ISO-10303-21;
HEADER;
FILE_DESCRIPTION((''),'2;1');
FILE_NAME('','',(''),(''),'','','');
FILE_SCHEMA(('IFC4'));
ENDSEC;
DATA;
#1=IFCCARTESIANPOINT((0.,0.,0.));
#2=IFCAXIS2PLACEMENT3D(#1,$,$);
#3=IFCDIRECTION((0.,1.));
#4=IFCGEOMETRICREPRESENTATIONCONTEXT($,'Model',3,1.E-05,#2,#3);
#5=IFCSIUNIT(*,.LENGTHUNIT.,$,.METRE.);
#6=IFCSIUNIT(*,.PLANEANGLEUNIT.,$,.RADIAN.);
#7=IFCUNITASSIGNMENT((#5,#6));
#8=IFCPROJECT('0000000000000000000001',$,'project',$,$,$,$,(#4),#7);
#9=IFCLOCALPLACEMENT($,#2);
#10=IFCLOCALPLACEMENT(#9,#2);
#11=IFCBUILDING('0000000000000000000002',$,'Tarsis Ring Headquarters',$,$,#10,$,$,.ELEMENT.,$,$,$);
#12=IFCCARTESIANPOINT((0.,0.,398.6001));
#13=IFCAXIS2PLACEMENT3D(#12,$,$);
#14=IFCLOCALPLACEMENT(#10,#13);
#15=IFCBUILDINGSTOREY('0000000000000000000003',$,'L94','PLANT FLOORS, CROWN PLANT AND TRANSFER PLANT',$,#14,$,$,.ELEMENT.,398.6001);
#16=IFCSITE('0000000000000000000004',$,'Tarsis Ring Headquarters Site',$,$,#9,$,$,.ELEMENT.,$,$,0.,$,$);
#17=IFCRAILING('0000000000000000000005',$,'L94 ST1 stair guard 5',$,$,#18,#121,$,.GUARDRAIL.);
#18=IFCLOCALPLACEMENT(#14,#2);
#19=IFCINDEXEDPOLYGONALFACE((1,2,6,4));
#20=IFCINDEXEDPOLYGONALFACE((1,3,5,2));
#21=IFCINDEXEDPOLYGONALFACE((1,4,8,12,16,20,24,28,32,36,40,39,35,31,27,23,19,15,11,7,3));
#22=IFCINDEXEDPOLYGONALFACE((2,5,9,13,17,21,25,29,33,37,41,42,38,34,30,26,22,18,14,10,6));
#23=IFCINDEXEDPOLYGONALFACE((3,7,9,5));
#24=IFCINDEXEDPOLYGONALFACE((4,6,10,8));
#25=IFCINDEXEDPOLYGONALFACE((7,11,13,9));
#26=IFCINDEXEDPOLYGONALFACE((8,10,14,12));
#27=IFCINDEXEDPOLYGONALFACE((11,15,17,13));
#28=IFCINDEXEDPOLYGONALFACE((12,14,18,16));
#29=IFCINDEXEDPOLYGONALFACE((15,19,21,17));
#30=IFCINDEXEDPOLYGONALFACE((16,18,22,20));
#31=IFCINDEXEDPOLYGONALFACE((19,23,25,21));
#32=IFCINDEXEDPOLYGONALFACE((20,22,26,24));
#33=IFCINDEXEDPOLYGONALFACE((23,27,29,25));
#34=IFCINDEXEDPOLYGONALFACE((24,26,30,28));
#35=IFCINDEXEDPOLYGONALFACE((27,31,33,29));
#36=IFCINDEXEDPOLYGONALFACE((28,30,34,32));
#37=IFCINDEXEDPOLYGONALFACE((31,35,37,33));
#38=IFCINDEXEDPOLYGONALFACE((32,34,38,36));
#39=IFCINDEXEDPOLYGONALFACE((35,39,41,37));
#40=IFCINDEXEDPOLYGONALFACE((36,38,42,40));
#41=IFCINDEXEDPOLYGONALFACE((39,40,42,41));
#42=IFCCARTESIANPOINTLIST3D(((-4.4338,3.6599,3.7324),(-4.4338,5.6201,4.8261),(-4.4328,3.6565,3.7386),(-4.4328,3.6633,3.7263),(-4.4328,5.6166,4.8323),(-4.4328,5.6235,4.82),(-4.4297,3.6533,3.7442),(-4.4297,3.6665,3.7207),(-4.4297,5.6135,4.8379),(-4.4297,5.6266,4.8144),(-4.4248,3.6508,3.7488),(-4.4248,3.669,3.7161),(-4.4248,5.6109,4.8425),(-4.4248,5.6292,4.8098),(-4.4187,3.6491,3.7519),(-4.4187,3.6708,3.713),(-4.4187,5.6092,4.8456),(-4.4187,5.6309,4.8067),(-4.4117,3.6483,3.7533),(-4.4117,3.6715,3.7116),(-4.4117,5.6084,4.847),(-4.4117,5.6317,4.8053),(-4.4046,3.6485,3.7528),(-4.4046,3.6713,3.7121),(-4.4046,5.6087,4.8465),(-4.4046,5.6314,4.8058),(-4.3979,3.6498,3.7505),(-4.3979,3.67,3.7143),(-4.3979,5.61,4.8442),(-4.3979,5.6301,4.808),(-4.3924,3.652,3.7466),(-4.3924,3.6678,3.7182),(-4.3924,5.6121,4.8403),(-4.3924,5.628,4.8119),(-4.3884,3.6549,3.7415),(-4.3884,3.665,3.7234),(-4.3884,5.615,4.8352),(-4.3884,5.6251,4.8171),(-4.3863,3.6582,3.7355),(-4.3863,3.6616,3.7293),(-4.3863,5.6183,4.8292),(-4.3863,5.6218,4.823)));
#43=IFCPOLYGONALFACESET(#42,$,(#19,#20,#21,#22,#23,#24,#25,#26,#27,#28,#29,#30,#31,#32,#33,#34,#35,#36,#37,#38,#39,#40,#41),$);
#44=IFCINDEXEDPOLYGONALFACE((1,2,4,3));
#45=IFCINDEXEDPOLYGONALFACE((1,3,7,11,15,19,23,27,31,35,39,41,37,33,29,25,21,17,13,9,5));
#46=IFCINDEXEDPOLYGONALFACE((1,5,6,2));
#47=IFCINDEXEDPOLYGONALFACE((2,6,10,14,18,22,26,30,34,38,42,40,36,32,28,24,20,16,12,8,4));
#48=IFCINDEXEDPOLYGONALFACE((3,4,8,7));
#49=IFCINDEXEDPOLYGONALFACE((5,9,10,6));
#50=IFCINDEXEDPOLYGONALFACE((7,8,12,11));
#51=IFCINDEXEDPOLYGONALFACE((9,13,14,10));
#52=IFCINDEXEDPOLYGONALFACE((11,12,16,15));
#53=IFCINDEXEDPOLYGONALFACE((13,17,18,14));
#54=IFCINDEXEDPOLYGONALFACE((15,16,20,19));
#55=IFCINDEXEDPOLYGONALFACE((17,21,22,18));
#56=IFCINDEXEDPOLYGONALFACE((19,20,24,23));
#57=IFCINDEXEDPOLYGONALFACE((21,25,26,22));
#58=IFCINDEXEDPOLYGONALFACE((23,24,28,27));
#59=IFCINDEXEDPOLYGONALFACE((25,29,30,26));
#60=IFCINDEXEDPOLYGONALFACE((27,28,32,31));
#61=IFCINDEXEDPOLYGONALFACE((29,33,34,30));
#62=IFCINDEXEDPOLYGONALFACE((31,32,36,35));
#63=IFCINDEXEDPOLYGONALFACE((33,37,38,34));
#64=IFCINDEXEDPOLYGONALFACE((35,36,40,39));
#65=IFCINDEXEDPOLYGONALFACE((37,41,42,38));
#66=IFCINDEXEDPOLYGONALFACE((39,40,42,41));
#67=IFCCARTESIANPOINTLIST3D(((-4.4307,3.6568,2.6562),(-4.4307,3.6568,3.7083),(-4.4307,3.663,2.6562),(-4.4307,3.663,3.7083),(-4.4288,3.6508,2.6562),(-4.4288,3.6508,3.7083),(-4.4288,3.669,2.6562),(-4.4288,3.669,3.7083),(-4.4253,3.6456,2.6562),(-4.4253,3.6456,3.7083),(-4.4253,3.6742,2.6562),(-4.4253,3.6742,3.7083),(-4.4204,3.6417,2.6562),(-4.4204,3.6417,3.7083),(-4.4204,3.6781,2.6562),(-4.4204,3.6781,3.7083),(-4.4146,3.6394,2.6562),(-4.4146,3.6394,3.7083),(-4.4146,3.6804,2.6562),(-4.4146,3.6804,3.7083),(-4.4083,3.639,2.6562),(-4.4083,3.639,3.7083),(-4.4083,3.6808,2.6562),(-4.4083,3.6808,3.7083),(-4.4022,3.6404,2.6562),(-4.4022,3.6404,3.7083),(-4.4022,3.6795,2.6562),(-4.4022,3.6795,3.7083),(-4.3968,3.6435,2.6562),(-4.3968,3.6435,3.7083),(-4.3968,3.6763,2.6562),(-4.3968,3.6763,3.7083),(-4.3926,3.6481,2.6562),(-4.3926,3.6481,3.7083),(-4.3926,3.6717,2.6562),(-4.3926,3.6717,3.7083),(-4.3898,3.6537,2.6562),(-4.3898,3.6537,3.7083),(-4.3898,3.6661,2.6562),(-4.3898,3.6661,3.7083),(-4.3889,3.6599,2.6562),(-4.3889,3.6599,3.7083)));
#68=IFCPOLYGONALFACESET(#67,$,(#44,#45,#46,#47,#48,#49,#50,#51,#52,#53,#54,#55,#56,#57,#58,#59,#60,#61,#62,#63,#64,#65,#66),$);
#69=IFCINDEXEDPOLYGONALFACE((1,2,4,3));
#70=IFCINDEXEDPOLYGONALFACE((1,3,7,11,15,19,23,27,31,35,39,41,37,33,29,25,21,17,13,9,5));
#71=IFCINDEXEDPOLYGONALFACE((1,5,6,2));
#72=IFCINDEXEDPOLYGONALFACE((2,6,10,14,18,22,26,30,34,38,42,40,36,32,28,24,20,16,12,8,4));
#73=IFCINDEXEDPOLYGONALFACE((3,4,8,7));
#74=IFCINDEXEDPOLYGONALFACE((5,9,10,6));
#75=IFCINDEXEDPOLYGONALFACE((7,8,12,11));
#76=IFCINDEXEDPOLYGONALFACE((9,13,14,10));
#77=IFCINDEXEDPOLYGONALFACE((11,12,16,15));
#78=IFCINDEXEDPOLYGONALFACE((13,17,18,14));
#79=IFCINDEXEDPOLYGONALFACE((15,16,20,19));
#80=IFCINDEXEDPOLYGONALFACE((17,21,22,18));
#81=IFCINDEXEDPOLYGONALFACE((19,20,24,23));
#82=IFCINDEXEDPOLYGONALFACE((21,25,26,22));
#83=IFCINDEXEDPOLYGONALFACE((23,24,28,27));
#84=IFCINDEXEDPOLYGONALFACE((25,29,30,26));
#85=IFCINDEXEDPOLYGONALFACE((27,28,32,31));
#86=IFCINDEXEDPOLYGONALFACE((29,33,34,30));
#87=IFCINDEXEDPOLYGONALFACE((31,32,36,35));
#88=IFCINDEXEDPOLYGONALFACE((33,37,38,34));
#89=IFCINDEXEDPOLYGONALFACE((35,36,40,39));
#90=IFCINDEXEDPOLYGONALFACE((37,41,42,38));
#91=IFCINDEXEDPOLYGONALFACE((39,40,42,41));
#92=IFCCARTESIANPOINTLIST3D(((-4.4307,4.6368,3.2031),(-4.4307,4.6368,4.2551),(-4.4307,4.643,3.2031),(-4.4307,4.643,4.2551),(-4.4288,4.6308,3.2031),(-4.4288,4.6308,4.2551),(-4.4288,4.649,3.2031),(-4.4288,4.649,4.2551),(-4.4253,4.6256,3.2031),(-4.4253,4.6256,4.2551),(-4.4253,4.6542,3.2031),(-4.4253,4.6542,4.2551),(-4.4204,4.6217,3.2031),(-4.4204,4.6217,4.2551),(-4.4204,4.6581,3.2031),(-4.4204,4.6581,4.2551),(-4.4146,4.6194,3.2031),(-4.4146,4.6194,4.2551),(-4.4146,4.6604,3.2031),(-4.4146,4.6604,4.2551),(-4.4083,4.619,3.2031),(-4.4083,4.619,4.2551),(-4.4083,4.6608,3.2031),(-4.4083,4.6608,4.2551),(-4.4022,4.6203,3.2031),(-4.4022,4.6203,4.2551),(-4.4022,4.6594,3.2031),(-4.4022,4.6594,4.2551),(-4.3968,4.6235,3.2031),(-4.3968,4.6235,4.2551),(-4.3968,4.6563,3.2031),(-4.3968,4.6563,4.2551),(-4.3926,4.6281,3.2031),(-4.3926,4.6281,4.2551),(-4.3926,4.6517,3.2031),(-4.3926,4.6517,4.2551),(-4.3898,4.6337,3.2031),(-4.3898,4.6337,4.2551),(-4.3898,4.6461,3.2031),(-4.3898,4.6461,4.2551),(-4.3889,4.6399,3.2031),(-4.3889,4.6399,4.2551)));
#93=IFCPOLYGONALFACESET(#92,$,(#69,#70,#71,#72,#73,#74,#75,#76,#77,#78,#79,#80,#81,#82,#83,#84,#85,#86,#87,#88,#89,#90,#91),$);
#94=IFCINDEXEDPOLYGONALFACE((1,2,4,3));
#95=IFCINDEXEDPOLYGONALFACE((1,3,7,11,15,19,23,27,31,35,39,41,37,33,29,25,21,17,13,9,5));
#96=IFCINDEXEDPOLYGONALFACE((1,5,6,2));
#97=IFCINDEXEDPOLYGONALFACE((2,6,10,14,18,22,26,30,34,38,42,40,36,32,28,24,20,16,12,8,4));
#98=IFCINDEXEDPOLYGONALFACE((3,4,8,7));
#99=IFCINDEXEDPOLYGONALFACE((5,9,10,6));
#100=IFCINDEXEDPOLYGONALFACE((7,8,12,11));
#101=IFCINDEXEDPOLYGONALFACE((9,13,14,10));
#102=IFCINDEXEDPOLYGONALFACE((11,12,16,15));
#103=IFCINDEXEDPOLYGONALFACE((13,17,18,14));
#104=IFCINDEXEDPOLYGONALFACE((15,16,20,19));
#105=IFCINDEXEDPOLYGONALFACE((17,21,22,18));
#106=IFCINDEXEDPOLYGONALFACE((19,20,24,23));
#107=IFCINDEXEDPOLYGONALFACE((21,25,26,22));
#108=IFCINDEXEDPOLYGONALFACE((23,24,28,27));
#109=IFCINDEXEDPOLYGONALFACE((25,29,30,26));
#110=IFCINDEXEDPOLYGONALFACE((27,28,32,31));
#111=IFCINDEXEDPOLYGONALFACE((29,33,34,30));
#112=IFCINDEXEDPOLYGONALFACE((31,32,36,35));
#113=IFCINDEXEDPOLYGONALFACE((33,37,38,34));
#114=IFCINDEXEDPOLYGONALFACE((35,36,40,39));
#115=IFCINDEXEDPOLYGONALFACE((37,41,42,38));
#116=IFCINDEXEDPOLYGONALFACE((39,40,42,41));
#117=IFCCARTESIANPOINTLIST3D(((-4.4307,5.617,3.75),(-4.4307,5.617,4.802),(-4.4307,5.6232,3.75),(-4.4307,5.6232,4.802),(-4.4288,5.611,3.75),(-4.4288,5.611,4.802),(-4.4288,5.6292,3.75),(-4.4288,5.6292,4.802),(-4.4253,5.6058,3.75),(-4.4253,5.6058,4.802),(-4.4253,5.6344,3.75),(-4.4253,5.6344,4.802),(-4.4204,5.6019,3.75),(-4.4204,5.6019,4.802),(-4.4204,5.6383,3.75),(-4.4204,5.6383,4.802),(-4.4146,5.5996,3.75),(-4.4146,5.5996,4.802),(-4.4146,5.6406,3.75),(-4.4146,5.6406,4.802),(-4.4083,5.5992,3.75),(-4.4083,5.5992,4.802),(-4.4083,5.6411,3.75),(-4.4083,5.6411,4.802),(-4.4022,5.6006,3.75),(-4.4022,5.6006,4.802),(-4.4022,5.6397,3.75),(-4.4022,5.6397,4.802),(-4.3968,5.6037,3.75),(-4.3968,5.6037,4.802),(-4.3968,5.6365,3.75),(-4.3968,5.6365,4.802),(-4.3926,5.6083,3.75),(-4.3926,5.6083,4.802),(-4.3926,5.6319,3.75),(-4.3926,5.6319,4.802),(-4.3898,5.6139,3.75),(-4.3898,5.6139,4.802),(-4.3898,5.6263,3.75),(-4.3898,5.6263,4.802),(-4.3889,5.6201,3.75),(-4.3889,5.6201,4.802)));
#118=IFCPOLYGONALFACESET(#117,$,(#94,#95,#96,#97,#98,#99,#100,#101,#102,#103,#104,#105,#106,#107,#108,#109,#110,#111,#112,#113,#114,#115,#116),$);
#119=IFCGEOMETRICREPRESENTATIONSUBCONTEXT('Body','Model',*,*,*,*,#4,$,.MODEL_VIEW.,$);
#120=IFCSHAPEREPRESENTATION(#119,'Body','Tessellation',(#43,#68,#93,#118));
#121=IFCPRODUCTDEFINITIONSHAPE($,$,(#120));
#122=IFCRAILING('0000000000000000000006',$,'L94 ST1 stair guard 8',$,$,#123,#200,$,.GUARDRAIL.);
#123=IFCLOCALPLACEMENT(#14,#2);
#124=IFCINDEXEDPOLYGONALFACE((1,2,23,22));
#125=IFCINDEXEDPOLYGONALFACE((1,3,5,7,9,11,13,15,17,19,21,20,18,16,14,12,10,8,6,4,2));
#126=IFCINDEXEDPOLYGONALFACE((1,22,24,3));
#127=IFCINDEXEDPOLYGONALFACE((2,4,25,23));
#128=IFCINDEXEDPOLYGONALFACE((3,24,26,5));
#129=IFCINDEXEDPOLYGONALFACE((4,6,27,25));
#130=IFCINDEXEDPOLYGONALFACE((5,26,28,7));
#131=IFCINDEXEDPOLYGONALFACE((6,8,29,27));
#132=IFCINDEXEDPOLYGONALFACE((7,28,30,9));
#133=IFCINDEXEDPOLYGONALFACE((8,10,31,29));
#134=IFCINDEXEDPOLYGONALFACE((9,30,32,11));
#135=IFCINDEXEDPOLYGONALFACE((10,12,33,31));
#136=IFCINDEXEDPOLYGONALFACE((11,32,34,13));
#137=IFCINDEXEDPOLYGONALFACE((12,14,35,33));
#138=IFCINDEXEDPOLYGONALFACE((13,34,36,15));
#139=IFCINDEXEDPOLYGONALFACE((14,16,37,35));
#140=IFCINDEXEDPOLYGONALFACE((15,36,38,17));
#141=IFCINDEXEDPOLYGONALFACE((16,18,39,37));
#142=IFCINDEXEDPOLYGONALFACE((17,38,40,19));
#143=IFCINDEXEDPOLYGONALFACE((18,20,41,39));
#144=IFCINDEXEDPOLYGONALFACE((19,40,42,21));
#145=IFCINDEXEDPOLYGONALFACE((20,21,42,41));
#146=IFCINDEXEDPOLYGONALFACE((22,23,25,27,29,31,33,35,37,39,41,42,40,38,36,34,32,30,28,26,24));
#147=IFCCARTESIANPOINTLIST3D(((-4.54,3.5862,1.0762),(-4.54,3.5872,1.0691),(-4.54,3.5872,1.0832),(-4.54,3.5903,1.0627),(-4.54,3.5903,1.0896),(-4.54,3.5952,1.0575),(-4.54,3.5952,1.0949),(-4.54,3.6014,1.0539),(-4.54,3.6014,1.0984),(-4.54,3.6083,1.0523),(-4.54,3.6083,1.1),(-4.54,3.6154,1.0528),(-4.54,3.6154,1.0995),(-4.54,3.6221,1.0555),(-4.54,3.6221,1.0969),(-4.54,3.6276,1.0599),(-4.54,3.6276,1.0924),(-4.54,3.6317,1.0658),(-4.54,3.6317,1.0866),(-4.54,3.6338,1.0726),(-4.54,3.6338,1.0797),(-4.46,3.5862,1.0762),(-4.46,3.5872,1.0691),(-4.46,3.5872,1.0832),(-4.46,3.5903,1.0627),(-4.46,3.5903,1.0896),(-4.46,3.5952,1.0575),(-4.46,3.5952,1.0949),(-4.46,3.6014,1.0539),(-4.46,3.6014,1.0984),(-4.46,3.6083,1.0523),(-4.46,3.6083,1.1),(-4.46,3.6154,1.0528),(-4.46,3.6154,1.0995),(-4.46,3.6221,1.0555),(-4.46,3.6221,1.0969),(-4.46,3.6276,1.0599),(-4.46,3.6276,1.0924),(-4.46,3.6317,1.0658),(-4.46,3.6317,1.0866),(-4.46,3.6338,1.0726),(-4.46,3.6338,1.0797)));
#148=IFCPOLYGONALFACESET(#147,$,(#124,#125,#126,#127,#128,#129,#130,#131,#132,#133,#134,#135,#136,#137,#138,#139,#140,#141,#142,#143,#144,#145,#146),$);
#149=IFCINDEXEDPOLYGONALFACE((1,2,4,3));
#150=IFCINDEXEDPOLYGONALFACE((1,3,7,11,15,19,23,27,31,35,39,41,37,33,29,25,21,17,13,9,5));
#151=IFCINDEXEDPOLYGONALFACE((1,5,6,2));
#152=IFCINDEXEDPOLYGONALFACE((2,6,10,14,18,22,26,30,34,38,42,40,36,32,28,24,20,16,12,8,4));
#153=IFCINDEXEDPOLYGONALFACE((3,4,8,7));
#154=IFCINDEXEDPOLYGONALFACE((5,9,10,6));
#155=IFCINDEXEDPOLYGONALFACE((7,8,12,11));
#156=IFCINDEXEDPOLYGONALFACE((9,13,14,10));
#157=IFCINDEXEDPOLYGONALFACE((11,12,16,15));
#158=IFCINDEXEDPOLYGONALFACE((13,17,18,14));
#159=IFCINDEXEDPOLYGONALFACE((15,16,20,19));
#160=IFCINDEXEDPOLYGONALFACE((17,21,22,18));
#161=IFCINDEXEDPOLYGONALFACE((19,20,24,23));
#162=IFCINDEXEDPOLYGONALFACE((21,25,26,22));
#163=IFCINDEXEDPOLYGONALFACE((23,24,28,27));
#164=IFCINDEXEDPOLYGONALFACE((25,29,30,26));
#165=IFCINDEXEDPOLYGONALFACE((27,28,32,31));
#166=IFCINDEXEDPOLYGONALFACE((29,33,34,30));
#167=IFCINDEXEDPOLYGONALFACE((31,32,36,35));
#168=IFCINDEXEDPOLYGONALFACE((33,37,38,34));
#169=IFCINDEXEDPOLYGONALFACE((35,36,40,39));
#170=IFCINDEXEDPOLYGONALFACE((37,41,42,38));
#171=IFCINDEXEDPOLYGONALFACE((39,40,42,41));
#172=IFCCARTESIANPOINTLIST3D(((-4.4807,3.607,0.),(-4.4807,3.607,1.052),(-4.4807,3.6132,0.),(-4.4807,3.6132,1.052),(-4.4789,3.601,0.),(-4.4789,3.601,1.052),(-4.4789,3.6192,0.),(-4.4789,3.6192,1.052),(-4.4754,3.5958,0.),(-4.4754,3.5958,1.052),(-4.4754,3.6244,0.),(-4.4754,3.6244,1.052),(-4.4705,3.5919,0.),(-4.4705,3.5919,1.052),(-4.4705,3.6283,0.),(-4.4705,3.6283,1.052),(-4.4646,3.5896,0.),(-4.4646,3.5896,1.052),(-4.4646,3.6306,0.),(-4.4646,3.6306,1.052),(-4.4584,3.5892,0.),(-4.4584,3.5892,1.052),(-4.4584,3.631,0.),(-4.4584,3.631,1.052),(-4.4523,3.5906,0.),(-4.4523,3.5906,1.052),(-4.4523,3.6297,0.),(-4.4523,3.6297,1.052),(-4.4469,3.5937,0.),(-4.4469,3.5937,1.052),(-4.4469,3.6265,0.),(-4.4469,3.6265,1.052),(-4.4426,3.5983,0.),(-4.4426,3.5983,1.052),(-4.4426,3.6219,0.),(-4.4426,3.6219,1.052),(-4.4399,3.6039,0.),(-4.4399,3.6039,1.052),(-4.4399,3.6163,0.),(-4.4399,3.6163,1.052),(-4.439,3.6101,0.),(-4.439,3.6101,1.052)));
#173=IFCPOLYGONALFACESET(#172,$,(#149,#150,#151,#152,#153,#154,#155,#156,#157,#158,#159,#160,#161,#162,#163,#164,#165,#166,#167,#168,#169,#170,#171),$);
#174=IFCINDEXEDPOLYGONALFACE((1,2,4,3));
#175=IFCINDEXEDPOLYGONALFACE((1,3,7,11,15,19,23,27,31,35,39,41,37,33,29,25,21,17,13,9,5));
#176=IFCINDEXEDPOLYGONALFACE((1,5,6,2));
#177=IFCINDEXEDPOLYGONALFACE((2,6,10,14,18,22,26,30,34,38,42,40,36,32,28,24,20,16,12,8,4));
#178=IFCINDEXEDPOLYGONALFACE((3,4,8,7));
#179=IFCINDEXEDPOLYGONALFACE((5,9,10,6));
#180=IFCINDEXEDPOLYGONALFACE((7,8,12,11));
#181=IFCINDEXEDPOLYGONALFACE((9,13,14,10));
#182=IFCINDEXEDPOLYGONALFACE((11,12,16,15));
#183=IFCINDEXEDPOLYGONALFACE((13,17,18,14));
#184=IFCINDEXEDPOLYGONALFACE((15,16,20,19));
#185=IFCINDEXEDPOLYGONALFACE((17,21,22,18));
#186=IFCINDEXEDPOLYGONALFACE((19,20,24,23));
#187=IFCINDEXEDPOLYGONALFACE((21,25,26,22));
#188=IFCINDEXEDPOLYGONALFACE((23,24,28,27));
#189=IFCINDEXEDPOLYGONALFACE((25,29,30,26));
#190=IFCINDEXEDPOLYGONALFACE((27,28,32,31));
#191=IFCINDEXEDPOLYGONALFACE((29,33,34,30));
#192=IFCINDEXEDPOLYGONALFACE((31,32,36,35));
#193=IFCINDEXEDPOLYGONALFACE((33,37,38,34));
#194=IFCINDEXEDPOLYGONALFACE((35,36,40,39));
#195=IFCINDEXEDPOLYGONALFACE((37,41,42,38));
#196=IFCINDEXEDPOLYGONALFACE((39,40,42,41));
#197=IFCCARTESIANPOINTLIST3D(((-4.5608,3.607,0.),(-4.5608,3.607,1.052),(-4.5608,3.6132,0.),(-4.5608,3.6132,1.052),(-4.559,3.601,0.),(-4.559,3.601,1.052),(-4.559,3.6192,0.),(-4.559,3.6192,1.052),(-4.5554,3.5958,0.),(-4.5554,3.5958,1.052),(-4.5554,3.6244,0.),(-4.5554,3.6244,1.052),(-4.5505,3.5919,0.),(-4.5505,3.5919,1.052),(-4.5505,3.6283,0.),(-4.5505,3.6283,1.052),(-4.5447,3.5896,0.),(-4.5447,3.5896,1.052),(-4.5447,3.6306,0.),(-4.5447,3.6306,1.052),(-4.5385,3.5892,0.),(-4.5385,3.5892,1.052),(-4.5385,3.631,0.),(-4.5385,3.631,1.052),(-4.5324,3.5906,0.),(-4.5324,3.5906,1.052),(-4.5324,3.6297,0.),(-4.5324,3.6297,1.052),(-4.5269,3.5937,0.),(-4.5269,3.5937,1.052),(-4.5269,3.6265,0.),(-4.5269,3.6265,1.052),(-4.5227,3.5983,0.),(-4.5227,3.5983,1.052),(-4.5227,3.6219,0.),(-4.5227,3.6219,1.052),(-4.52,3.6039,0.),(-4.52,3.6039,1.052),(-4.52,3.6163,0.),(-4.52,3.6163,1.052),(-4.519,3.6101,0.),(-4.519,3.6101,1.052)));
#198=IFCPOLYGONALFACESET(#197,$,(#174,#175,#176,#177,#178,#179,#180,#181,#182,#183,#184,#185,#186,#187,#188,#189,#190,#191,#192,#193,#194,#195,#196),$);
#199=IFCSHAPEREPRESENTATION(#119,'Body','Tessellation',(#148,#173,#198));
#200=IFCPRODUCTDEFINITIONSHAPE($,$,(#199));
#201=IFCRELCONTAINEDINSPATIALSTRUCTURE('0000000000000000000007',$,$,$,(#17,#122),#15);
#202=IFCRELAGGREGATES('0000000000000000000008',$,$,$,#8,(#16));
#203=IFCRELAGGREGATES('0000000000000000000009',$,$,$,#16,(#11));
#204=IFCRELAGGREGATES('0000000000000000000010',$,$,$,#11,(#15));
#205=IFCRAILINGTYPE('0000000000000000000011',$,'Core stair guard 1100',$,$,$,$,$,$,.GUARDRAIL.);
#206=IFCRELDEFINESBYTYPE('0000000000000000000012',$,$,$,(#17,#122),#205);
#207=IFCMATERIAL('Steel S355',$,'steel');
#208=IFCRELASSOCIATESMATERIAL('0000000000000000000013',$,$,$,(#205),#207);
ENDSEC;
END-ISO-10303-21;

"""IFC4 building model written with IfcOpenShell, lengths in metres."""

from ifc_helpers import new_model, si_unit, direction, frame, origin, origin_2d, place, context, subcontext, project, spatial, circle, extrude, material, type_object, element, save


model = new_model("IFC4")

# Units and contexts
model_context = context("Model", 3, precision=1e-05, world=origin(), true_north=direction((0.0, 1.0)))
body_context = subcontext(model_context, "Body", "Model", "MODEL_VIEW")
ifc_project = project(units=[si_unit("LENGTHUNIT", "METRE"), si_unit("PLANEANGLEUNIT", "RADIAN")], contexts=[model_context])

# Site, building, storey
site_placement = place(None, origin())
site = spatial("IfcSite", under=ifc_project, at=site_placement, Name="Tarsis Ring Headquarters Site", CompositionType="ELEMENT", RefElevation=0.0)
building_placement = place(site_placement, origin())
building = spatial("IfcBuilding", under=site, at=building_placement, Name="Tarsis Ring Headquarters", CompositionType="ELEMENT")
storey_placement = place(building_placement, frame((0.0, 0.0, 398.6001)))
storey = spatial("IfcBuildingStorey", under=building, at=storey_placement, Name="L94", Description="PLANT FLOORS, CROWN PLANT AND TRANSFER PLANT", CompositionType="ELEMENT", Elevation=398.6001)

# Shared definitions
ifc_material_1 = material(Name="Steel S355", Category="steel")

# Railings
railing_type_1 = type_object("IfcRailingType", Name="Core stair guard 1100", PredefinedType="GUARDRAIL", material=ifc_material_1)
railing_1_placement = place(storey_placement, frame((-4.4099, 3.6599, 2.6562)))
element("IfcRailing", 1, at=railing_1_placement, inside=storey, type_object=railing_type_1, Name="L94 ST1 stair guard 5", PredefinedType="GUARDRAIL", context=body_context, shape_type="SweptSolid", body=[
    extrude(circle(Radius=0.0239, at=origin_2d()), frame((0.0, 0.0, 1.0762), z_axis=(0.0, 0.873258, 0.487258), x_axis=(-1.0, 0.0, 0.0)), (0.0, 0.0, 1.0), 2.2446),
    extrude(circle(Radius=0.021, at=origin_2d()), origin(), (0.0, 0.0, 1.0), 1.052),
    extrude(circle(Radius=0.021, at=origin_2d()), frame((0.0, 0.98, 0.5469)), (0.0, 0.0, 1.0), 1.052),
    extrude(circle(Radius=0.021, at=origin_2d()), frame((0.0, 1.9602, 1.0938)), (0.0, 0.0, 1.0), 1.052),
])
railing_2_placement = place(storey_placement, frame((-4.46, 3.6101, 0.0)))
element("IfcRailing", 2, at=railing_2_placement, inside=storey, type_object=railing_type_1, Name="L94 ST1 stair guard 8", PredefinedType="GUARDRAIL", context=body_context, shape_type="SweptSolid", body=[
    extrude(circle(Radius=0.0239, at=origin_2d()), frame((0.0, 0.0, 1.0762), z_axis=(-1.0, 0.0, 0.0), x_axis=(0.0, -1.0, 0.0)), (0.0, 0.0, 1.0), 0.0801),
    extrude(circle(Radius=0.021, at=origin_2d()), origin(), (0.0, 0.0, 1.0), 1.052),
    extrude(circle(Radius=0.021, at=origin_2d()), frame((-0.0801, 0.0, 0.0)), (0.0, 0.0, 1.0), 1.052),
])

save(model, "model.ifc")
